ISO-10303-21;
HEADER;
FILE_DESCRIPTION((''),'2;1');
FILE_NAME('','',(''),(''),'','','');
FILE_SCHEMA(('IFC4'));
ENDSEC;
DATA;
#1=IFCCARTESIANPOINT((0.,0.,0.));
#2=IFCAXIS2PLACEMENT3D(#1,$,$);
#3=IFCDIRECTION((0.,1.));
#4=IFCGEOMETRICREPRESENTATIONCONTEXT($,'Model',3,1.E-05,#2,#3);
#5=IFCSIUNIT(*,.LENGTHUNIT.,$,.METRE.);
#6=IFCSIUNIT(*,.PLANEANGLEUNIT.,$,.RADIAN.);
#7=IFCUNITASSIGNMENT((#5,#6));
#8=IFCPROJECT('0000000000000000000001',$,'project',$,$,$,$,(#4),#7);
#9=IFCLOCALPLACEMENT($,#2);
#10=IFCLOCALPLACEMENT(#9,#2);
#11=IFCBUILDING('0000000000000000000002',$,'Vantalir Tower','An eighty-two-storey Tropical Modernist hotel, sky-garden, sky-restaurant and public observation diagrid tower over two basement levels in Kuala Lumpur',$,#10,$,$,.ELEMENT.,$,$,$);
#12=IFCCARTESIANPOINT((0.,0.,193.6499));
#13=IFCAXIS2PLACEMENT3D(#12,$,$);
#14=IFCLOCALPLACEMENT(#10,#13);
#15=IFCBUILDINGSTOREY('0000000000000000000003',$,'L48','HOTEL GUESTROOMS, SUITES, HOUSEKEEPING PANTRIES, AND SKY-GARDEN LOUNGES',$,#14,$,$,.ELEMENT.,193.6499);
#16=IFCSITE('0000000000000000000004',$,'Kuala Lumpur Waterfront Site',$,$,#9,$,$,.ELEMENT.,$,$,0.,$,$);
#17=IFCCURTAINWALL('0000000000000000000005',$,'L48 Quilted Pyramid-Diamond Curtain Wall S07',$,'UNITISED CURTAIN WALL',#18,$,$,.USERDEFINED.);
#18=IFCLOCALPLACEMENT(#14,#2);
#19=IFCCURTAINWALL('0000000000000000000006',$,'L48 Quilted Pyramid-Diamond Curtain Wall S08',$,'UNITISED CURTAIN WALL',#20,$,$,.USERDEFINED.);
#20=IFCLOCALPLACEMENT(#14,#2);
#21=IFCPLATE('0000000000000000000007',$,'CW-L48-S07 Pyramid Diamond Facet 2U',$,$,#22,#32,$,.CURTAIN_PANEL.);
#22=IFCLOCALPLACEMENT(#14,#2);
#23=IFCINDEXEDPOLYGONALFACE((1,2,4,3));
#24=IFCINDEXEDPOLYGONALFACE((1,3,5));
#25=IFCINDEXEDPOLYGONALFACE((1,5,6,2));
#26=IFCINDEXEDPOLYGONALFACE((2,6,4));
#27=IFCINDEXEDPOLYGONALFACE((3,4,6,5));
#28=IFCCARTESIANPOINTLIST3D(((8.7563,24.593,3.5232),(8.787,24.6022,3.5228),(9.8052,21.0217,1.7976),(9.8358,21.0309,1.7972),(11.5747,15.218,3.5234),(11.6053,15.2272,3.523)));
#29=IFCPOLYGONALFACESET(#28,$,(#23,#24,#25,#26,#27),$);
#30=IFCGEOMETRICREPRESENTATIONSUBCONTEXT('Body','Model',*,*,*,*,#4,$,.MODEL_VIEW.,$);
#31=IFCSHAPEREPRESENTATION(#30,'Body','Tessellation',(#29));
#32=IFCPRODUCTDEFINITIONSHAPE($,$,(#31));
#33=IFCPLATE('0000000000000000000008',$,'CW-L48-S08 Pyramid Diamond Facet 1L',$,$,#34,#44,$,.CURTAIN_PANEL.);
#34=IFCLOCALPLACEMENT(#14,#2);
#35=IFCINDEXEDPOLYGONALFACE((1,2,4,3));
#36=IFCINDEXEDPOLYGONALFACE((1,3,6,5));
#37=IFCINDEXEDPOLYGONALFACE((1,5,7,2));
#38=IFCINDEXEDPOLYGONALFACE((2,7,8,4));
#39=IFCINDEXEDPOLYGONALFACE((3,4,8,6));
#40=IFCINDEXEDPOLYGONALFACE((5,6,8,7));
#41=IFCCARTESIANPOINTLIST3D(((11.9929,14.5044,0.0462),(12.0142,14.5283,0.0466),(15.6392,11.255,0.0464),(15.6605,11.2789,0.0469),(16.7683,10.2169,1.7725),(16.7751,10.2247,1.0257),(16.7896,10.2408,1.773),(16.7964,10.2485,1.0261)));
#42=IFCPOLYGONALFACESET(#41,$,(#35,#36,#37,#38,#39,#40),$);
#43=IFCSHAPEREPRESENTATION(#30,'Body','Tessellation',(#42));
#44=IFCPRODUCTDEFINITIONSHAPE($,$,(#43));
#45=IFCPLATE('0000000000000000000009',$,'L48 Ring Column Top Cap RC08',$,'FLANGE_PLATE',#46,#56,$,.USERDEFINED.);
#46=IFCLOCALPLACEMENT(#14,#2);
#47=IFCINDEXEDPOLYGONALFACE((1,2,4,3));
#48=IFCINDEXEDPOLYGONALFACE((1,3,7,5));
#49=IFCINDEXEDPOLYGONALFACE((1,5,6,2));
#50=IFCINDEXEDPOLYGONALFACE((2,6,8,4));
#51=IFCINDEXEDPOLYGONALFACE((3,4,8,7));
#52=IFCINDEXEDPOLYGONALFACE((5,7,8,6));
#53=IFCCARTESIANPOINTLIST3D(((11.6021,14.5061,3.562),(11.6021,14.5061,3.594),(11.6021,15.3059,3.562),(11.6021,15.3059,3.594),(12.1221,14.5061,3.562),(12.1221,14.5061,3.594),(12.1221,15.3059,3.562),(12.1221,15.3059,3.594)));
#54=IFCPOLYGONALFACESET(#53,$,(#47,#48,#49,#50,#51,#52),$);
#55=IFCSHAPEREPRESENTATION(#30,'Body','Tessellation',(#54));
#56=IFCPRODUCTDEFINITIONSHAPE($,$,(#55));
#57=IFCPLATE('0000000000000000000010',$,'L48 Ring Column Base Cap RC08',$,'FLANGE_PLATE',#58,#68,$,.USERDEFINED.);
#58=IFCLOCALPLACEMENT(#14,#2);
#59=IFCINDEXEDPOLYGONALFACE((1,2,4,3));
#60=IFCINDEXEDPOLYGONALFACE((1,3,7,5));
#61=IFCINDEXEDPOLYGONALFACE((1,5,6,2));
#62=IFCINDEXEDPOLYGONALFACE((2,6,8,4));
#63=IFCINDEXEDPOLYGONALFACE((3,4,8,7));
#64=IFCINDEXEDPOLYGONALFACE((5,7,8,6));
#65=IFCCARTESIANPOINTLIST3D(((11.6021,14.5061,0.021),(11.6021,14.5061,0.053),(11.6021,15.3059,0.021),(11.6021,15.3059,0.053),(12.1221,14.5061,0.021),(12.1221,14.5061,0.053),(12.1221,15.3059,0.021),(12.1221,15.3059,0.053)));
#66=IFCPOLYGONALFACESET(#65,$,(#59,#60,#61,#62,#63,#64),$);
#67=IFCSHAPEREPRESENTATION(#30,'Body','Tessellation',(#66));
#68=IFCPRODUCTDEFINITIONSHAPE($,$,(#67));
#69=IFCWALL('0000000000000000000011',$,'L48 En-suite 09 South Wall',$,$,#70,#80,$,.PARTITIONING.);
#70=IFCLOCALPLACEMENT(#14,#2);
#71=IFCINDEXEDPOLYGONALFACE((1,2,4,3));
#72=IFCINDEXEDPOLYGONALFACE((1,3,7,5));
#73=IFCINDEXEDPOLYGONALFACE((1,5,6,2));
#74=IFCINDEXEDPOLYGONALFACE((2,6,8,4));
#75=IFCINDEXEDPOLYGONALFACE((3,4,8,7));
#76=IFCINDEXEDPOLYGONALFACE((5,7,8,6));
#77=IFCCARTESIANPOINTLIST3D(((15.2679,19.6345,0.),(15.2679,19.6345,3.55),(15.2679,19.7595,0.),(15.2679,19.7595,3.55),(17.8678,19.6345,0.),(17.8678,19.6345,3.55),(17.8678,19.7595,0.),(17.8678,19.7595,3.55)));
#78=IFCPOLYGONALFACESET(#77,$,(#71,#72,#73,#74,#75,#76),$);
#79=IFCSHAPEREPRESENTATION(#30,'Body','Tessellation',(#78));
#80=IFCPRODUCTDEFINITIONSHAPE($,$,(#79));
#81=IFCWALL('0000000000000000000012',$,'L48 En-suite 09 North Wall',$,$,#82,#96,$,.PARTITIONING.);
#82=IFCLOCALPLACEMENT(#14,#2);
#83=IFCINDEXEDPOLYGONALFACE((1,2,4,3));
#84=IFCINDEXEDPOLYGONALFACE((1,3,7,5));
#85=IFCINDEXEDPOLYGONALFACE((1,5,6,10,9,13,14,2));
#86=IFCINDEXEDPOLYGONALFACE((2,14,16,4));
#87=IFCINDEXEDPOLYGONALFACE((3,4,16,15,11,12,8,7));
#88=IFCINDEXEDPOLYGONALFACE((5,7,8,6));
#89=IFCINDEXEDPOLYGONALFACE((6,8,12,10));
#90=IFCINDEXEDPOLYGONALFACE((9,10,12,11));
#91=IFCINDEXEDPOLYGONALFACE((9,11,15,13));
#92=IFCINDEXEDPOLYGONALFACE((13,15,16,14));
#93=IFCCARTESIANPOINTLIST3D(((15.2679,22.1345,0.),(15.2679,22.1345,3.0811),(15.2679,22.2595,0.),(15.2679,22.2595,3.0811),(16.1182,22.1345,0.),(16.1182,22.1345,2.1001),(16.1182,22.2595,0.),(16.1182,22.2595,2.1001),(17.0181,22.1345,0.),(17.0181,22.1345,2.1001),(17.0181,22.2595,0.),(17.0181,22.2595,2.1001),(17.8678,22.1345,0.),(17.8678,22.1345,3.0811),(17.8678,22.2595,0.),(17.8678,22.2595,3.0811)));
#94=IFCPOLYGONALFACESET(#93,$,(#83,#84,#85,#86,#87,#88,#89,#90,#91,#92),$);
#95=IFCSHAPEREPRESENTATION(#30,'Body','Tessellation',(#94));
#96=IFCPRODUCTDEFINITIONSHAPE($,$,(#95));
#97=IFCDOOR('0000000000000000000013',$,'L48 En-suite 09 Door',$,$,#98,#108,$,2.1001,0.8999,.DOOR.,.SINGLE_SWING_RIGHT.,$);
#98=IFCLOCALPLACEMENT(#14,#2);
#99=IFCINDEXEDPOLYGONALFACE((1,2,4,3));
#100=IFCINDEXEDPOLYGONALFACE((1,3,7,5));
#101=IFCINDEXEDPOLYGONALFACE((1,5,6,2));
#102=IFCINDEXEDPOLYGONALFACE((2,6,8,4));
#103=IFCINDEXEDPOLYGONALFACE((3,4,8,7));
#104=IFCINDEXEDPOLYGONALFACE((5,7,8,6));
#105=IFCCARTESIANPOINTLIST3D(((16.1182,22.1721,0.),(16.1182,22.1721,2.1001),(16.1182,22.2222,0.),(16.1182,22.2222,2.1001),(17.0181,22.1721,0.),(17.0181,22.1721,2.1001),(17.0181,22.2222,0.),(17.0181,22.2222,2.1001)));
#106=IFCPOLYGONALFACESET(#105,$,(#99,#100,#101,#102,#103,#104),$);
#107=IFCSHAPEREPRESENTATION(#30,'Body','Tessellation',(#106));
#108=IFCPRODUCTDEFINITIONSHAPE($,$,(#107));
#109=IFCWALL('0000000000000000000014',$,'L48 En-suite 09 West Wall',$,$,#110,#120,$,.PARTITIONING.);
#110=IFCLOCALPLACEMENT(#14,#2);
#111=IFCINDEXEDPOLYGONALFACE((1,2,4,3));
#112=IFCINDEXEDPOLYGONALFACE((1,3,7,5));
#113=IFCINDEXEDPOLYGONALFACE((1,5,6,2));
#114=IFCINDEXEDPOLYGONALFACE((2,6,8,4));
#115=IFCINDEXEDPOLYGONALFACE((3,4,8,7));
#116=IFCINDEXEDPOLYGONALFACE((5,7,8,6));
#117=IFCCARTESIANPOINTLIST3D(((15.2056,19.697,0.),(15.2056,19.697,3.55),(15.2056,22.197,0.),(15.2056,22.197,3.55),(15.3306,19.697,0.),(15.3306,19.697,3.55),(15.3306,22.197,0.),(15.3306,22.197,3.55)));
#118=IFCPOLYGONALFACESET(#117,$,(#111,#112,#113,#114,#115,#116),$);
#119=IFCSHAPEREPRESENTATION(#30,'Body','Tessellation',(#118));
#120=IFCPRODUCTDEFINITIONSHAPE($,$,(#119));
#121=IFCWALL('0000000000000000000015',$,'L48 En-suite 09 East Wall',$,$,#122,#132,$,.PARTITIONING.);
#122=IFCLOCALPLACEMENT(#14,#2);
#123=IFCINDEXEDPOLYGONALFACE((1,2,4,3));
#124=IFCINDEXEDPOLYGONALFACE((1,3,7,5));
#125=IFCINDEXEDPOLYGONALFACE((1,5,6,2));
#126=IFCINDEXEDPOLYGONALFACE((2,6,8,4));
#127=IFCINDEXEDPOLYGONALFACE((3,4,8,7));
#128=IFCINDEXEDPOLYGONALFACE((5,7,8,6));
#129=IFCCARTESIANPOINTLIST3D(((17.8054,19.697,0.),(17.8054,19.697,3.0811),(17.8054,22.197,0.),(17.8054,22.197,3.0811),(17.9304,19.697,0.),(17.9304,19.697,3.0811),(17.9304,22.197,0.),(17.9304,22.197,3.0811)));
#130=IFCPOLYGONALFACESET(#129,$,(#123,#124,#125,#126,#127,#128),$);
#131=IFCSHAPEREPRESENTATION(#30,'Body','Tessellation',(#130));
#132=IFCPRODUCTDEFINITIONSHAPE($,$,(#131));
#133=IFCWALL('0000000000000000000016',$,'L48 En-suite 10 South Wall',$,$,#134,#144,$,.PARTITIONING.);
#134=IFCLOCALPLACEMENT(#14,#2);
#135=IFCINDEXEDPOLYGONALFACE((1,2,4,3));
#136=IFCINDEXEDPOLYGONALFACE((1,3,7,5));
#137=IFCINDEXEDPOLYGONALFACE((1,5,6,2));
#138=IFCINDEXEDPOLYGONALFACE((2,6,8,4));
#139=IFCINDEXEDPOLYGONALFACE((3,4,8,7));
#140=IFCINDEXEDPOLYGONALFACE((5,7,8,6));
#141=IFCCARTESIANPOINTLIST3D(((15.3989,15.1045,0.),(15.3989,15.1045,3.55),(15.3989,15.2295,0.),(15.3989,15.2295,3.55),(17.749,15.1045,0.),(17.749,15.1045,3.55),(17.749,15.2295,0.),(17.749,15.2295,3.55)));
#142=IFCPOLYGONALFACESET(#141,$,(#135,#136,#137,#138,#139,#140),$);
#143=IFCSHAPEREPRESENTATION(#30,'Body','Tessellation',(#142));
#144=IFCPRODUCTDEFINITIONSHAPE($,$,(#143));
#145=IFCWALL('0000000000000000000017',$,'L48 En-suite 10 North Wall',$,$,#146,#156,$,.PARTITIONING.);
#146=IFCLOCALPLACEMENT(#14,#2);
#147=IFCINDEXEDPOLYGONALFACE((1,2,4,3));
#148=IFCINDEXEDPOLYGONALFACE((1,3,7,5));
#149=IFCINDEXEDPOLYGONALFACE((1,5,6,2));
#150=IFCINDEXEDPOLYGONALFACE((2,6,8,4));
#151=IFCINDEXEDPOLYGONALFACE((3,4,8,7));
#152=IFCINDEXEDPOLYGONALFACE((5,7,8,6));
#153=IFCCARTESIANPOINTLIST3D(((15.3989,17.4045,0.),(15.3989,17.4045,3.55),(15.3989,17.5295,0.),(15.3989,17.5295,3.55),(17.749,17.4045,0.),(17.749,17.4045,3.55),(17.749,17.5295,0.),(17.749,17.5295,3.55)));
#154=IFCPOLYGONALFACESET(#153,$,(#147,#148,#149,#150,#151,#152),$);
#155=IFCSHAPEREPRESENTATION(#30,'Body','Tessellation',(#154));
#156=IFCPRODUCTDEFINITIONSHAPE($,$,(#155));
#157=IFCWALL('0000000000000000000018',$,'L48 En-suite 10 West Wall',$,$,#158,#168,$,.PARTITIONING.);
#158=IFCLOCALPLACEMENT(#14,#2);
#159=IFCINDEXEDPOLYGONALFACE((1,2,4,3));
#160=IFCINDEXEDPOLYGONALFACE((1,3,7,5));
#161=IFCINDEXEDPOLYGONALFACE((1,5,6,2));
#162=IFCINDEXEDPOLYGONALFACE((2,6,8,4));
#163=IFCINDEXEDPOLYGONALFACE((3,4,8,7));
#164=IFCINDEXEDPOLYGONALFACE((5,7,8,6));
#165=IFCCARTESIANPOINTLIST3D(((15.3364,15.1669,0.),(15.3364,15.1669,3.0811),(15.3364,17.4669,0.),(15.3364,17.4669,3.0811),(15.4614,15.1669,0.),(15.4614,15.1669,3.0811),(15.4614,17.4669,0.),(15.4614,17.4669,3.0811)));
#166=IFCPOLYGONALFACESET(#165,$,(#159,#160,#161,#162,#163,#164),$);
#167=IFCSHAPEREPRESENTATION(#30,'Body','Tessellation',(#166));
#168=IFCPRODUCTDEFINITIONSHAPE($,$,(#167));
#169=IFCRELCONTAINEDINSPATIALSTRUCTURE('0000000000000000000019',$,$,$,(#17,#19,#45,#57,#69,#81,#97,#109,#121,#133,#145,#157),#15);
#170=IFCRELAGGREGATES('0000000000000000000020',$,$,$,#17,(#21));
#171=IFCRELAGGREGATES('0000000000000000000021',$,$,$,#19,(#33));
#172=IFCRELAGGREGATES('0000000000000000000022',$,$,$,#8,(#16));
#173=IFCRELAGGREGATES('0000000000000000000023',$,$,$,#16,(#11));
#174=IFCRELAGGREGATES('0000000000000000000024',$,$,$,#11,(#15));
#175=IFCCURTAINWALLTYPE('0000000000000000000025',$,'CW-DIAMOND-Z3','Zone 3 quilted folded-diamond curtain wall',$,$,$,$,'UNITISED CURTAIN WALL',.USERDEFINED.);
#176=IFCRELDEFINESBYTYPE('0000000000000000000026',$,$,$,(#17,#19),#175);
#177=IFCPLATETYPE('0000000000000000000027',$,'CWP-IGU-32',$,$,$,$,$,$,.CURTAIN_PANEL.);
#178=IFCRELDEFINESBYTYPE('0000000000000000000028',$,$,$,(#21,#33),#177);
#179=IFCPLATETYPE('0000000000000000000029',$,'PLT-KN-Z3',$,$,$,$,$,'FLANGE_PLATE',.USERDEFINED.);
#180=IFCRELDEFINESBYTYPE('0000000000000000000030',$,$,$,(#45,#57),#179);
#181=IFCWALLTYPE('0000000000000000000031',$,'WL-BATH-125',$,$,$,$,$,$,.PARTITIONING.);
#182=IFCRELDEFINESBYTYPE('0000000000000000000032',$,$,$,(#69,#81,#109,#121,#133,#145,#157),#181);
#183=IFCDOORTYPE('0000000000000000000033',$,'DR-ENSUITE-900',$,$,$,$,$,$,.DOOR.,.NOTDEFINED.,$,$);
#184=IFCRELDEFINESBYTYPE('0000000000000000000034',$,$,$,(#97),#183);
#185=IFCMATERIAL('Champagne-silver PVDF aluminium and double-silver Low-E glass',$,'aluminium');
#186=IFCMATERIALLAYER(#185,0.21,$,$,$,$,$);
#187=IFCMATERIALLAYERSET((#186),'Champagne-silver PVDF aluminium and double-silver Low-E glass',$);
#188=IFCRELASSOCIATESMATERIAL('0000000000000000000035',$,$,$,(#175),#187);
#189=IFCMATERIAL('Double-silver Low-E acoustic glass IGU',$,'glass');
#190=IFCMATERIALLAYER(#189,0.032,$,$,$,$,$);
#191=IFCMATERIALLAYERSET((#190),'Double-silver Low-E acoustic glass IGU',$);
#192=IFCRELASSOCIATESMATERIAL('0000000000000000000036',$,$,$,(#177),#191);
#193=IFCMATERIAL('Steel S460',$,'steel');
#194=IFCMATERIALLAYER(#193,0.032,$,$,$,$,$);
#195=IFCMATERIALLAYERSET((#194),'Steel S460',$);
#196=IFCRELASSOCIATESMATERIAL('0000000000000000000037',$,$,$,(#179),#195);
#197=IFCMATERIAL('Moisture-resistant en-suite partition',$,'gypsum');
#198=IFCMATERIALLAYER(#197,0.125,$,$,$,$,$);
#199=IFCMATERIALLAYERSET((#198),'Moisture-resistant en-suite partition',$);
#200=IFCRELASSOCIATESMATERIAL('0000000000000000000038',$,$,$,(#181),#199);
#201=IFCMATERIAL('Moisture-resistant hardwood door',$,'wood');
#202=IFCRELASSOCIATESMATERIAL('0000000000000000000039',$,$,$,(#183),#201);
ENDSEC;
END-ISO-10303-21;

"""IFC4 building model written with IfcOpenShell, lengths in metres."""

from ifc_helpers import new_model, si_unit, direction, frame, frame_2d, origin, place, context, subcontext, project, spatial, polyline, rectangle, outline, extrude, material, layer, layer_set, type_object, element, fill, aggregate, save


model = new_model("IFC4")

# Units and contexts
model_context = context("Model", 3, precision=1e-05, world=origin(), true_north=direction((0.0, 1.0)))
body_context = subcontext(model_context, "Body", "Model", "MODEL_VIEW")
ifc_project = project(units=[si_unit("LENGTHUNIT", "METRE"), si_unit("PLANEANGLEUNIT", "RADIAN")], contexts=[model_context])

# Site, building, storey
site_placement = place(None, origin())
site = spatial("IfcSite", under=ifc_project, at=site_placement, Name="Kuala Lumpur Waterfront Site", CompositionType="ELEMENT", RefElevation=0.0)
building_placement = place(site_placement, origin())
building = spatial("IfcBuilding", under=site, at=building_placement, Name="Vantalir Tower", Description="An eighty-two-storey Tropical Modernist hotel, sky-garden, sky-restaurant and public observation diagrid tower over two basement levels in Kuala Lumpur", CompositionType="ELEMENT")
storey_placement = place(building_placement, frame((0.0, 0.0, 193.6499)))
storey = spatial("IfcBuildingStorey", under=building, at=storey_placement, Name="L48", Description="HOTEL GUESTROOMS, SUITES, HOUSEKEEPING PANTRIES, AND SKY-GARDEN LOUNGES", CompositionType="ELEMENT", Elevation=193.6499)

# Shared definitions
ifc_material_1 = material(Name="Steel S460", Category="steel")

# Curtain wall
ifc_material_2 = material(Name="Champagne-silver PVDF aluminium and double-silver Low-E glass", Category="aluminium")
ifc_layer_1 = layer(ifc_material_2, 0.21)
ifc_layer_set_1 = layer_set([ifc_layer_1], Name="Champagne-silver PVDF aluminium and double-silver Low-E glass")
curtain_wall_type = type_object("IfcCurtainWallType", Name="CW-DIAMOND-Z3", Description="Zone 3 quilted folded-diamond curtain wall", ElementType="UNITISED CURTAIN WALL", PredefinedType="USERDEFINED", material=ifc_layer_set_1)
curtain_wall_1_placement = place(storey_placement, origin())
curtain_wall_1 = element("IfcCurtainWall", 1, at=curtain_wall_1_placement, inside=storey, type_object=curtain_wall_type, Name="L48 Quilted Pyramid-Diamond Curtain Wall S07", ObjectType="UNITISED CURTAIN WALL", PredefinedType="USERDEFINED")

# Curtain wall
curtain_wall_2_placement = place(storey_placement, origin())
curtain_wall_2 = element("IfcCurtainWall", 2, at=curtain_wall_2_placement, inside=storey, type_object=curtain_wall_type, Name="L48 Quilted Pyramid-Diamond Curtain Wall S08", ObjectType="UNITISED CURTAIN WALL", PredefinedType="USERDEFINED")

# Plates
ifc_material_3 = material(Name="Double-silver Low-E acoustic glass IGU", Category="glass")
ifc_layer_2 = layer(ifc_material_3, 0.032)
ifc_layer_set_2 = layer_set([ifc_layer_2], Name="Double-silver Low-E acoustic glass IGU")
plate_type_1 = type_object("IfcPlateType", Name="CWP-IGU-32", PredefinedType="CURTAIN_PANEL", material=ifc_layer_set_2)
plate_1_placement = place(storey_placement, frame((11.5747, 15.218, 3.5234), z_axis=(-0.957571, -0.287869, 0.013756), x_axis=(-0.287897, 0.957661, -0.000025)))
plate_1 = element("IfcPlate", 3, at=plate_1_placement, type_object=plate_type_1, Name="CW-L48-S07 Pyramid Diamond Facet 2U", PredefinedType="CURTAIN_PANEL", context=body_context, shape_type="SweptSolid", body=[
    extrude(outline(polyline([(0.0, 0.0), (9.7895, 0.0), (6.0675, 1.7258), (0.0, 0.0)])), origin(), (0.0, 0.0, -1.0), 0.032),
])
aggregate(curtain_wall_1, [plate_1])
plate_2_placement = place(storey_placement, frame((12.0142, 14.5283, 0.0466), z_axis=(0.665247, 0.746497, 0.013768), x_axis=(0.746567, -0.66531, 0.00005)))
plate_2 = element("IfcPlate", 4, at=plate_2_placement, type_object=plate_type_1, Name="CW-L48-S08 Pyramid Diamond Facet 1L", PredefinedType="CURTAIN_PANEL", context=body_context, shape_type="SweptSolid", body=[
    extrude(outline(polyline([(0.0, 0.0), (4.8841, 0.0), (6.4177, -0.9793), (6.4178, -1.7262), (0.0, 0.0)])), origin(), (0.0, 0.0, -1.0), 0.032),
])
aggregate(curtain_wall_2, [plate_2])

# Plates
ifc_layer_3 = layer(ifc_material_1, 0.032)
ifc_layer_set_3 = layer_set([ifc_layer_3], Name="Steel S460")
plate_type_2 = type_object("IfcPlateType", Name="PLT-KN-Z3", ElementType="FLANGE_PLATE", PredefinedType="USERDEFINED", material=ifc_layer_set_3)
for number, where, z_axis, x_axis, name in (
    (5, (11.6021, 15.3059, 3.594), (0.0, 0.0, 1.0), (0.0, -1.0, 0.0), "L48 Ring Column Top Cap RC08"),
    (6, (11.6021, 15.3059, 0.053), (0.0, 0.0, 1.0), (0.0, -1.0, 0.0), "L48 Ring Column Base Cap RC08"),
):
    element("IfcPlate", number, at=place(storey_placement, frame(where, z_axis=z_axis, x_axis=x_axis)), inside=storey, type_object=plate_type_2, Name=name, ObjectType="FLANGE_PLATE", PredefinedType="USERDEFINED", context=body_context, shape_type="SweptSolid", body=[
        extrude(outline(polyline([(0.0, 0.0), (0.7998, 0.0), (0.7998, 0.52), (0.0, 0.52), (0.0, 0.0)])), origin(), (0.0, 0.0, -1.0), 0.032),
    ])

# Wall
ifc_material_4 = material(Name="Moisture-resistant en-suite partition", Category="gypsum")
ifc_layer_4 = layer(ifc_material_4, 0.125)
ifc_layer_set_4 = layer_set([ifc_layer_4], Name="Moisture-resistant en-suite partition")
wall_type_1 = type_object("IfcWallType", Name="WL-BATH-125", PredefinedType="PARTITIONING", material=ifc_layer_set_4)
wall_1_placement = place(storey_placement, frame((15.2681, 19.697, 0.0), z_axis=(0.0, 0.0, 1.0), x_axis=(1.0, 0.0, 0.0)))
element("IfcWall", 7, at=wall_1_placement, inside=storey, type_object=wall_type_1, Name="L48 En-suite 09 South Wall", PredefinedType="PARTITIONING", context=body_context, shape_type="SweptSolid", body=[
    extrude(rectangle(XDim=2.5999, YDim=0.125, at=frame_2d((1.2998, 0.0))), origin(), (0.0, 0.0, 1.0), 3.55),
])

# Wall, opening, door
wall_2_placement = place(storey_placement, frame((15.2681, 22.197, 0.0), z_axis=(0.0, 0.0, 1.0), x_axis=(1.0, 0.0, 0.0)))
wall_2 = element("IfcWall", 8, at=wall_2_placement, inside=storey, type_object=wall_type_1, Name="L48 En-suite 09 North Wall", PredefinedType="PARTITIONING", context=body_context, shape_type="SweptSolid", body=[
    extrude(rectangle(XDim=2.5999, YDim=0.125, at=frame_2d((1.2998, 0.0))), origin(), (0.0, 0.0, 1.0), 3.0811),
])
opening_1_placement = place(wall_2_placement, frame((0.8501, 0.0, 0.0)))
opening_1 = element("IfcOpeningElement", 9, at=opening_1_placement, cuts=wall_2, PredefinedType="OPENING", context=body_context, shape_type="SweptSolid", body=[
    extrude(rectangle(XDim=0.8999, YDim=2.1001, at=frame_2d((0.45, 1.05))), frame((0.0, 0.0725, 0.0), z_axis=(0.0, -1.0, 0.0), x_axis=(1.0, 0.0, 0.0)), (0.0, 0.0, 1.0), 0.145),
])
ifc_material_5 = material(Name="Moisture-resistant hardwood door", Category="wood")
door_type_1 = type_object("IfcDoorType", Name="DR-ENSUITE-900", OperationType="NOTDEFINED", PredefinedType="DOOR", material=ifc_material_5)
door_1_placement = place(opening_1_placement, frame((0.8999, 0.0, 0.0), z_axis=(0.0, 0.0, 1.0), x_axis=(-1.0, 0.0, 0.0)))
door_1 = element("IfcDoor", 10, at=door_1_placement, inside=storey, type_object=door_type_1, Name="L48 En-suite 09 Door", OperationType="SINGLE_SWING_RIGHT", OverallHeight=2.1001, OverallWidth=0.8999, PredefinedType="DOOR", context=body_context, shape_type="SweptSolid", body=[
    extrude(rectangle(XDim=0.8999, YDim=2.1001, at=frame_2d((0.45, 1.05))), frame((0.0, 0.0249, 0.0), z_axis=(0.0, -1.0, 0.0), x_axis=(1.0, 0.0, 0.0)), (0.0, 0.0, 1.0), 0.05),
])
fill(opening_1, door_1)

# Walls
wall_3_placement = place(storey_placement, frame((15.2681, 19.697, 0.0), z_axis=(0.0, 0.0, 1.0), x_axis=(0.0, 1.0, 0.0)))
element("IfcWall", 11, at=wall_3_placement, inside=storey, type_object=wall_type_1, Name="L48 En-suite 09 West Wall", PredefinedType="PARTITIONING", context=body_context, shape_type="SweptSolid", body=[
    extrude(rectangle(XDim=2.5, YDim=0.125, at=frame_2d((1.25, 0.0))), origin(), (0.0, 0.0, 1.0), 3.55),
])
wall_4_placement = place(storey_placement, frame((17.8679, 19.697, 0.0), z_axis=(0.0, 0.0, 1.0), x_axis=(0.0, 1.0, 0.0)))
element("IfcWall", 12, at=wall_4_placement, inside=storey, type_object=wall_type_1, Name="L48 En-suite 09 East Wall", PredefinedType="PARTITIONING", context=body_context, shape_type="SweptSolid", body=[
    extrude(rectangle(XDim=2.5, YDim=0.125, at=frame_2d((1.25, 0.0))), origin(), (0.0, 0.0, 1.0), 3.0811),
])
for number, where, z_axis, x_axis, name in (
    (13, (15.3989, 15.167, 0.0), (0.0, 0.0, 1.0), (1.0, 0.0, 0.0), "L48 En-suite 10 South Wall"),
    (14, (15.3989, 17.467, 0.0), (0.0, 0.0, 1.0), (1.0, 0.0, 0.0), "L48 En-suite 10 North Wall"),
):
    element("IfcWall", number, at=place(storey_placement, frame(where, z_axis=z_axis, x_axis=x_axis)), inside=storey, type_object=wall_type_1, Name=name, PredefinedType="PARTITIONING", context=body_context, shape_type="SweptSolid", body=[
        extrude(rectangle(XDim=2.3501, YDim=0.125, at=frame_2d((1.175, 0.0))), origin(), (0.0, 0.0, 1.0), 3.55),
    ])
wall_5_placement = place(storey_placement, frame((15.3989, 15.167, 0.0), z_axis=(0.0, 0.0, 1.0), x_axis=(0.0, 1.0, 0.0)))
element("IfcWall", 15, at=wall_5_placement, inside=storey, type_object=wall_type_1, Name="L48 En-suite 10 West Wall", PredefinedType="PARTITIONING", context=body_context, shape_type="SweptSolid", body=[
    extrude(rectangle(XDim=2.3, YDim=0.125, at=frame_2d((1.1499, 0.0))), origin(), (0.0, 0.0, 1.0), 3.0811),
])

save(model, "model.ifc")
